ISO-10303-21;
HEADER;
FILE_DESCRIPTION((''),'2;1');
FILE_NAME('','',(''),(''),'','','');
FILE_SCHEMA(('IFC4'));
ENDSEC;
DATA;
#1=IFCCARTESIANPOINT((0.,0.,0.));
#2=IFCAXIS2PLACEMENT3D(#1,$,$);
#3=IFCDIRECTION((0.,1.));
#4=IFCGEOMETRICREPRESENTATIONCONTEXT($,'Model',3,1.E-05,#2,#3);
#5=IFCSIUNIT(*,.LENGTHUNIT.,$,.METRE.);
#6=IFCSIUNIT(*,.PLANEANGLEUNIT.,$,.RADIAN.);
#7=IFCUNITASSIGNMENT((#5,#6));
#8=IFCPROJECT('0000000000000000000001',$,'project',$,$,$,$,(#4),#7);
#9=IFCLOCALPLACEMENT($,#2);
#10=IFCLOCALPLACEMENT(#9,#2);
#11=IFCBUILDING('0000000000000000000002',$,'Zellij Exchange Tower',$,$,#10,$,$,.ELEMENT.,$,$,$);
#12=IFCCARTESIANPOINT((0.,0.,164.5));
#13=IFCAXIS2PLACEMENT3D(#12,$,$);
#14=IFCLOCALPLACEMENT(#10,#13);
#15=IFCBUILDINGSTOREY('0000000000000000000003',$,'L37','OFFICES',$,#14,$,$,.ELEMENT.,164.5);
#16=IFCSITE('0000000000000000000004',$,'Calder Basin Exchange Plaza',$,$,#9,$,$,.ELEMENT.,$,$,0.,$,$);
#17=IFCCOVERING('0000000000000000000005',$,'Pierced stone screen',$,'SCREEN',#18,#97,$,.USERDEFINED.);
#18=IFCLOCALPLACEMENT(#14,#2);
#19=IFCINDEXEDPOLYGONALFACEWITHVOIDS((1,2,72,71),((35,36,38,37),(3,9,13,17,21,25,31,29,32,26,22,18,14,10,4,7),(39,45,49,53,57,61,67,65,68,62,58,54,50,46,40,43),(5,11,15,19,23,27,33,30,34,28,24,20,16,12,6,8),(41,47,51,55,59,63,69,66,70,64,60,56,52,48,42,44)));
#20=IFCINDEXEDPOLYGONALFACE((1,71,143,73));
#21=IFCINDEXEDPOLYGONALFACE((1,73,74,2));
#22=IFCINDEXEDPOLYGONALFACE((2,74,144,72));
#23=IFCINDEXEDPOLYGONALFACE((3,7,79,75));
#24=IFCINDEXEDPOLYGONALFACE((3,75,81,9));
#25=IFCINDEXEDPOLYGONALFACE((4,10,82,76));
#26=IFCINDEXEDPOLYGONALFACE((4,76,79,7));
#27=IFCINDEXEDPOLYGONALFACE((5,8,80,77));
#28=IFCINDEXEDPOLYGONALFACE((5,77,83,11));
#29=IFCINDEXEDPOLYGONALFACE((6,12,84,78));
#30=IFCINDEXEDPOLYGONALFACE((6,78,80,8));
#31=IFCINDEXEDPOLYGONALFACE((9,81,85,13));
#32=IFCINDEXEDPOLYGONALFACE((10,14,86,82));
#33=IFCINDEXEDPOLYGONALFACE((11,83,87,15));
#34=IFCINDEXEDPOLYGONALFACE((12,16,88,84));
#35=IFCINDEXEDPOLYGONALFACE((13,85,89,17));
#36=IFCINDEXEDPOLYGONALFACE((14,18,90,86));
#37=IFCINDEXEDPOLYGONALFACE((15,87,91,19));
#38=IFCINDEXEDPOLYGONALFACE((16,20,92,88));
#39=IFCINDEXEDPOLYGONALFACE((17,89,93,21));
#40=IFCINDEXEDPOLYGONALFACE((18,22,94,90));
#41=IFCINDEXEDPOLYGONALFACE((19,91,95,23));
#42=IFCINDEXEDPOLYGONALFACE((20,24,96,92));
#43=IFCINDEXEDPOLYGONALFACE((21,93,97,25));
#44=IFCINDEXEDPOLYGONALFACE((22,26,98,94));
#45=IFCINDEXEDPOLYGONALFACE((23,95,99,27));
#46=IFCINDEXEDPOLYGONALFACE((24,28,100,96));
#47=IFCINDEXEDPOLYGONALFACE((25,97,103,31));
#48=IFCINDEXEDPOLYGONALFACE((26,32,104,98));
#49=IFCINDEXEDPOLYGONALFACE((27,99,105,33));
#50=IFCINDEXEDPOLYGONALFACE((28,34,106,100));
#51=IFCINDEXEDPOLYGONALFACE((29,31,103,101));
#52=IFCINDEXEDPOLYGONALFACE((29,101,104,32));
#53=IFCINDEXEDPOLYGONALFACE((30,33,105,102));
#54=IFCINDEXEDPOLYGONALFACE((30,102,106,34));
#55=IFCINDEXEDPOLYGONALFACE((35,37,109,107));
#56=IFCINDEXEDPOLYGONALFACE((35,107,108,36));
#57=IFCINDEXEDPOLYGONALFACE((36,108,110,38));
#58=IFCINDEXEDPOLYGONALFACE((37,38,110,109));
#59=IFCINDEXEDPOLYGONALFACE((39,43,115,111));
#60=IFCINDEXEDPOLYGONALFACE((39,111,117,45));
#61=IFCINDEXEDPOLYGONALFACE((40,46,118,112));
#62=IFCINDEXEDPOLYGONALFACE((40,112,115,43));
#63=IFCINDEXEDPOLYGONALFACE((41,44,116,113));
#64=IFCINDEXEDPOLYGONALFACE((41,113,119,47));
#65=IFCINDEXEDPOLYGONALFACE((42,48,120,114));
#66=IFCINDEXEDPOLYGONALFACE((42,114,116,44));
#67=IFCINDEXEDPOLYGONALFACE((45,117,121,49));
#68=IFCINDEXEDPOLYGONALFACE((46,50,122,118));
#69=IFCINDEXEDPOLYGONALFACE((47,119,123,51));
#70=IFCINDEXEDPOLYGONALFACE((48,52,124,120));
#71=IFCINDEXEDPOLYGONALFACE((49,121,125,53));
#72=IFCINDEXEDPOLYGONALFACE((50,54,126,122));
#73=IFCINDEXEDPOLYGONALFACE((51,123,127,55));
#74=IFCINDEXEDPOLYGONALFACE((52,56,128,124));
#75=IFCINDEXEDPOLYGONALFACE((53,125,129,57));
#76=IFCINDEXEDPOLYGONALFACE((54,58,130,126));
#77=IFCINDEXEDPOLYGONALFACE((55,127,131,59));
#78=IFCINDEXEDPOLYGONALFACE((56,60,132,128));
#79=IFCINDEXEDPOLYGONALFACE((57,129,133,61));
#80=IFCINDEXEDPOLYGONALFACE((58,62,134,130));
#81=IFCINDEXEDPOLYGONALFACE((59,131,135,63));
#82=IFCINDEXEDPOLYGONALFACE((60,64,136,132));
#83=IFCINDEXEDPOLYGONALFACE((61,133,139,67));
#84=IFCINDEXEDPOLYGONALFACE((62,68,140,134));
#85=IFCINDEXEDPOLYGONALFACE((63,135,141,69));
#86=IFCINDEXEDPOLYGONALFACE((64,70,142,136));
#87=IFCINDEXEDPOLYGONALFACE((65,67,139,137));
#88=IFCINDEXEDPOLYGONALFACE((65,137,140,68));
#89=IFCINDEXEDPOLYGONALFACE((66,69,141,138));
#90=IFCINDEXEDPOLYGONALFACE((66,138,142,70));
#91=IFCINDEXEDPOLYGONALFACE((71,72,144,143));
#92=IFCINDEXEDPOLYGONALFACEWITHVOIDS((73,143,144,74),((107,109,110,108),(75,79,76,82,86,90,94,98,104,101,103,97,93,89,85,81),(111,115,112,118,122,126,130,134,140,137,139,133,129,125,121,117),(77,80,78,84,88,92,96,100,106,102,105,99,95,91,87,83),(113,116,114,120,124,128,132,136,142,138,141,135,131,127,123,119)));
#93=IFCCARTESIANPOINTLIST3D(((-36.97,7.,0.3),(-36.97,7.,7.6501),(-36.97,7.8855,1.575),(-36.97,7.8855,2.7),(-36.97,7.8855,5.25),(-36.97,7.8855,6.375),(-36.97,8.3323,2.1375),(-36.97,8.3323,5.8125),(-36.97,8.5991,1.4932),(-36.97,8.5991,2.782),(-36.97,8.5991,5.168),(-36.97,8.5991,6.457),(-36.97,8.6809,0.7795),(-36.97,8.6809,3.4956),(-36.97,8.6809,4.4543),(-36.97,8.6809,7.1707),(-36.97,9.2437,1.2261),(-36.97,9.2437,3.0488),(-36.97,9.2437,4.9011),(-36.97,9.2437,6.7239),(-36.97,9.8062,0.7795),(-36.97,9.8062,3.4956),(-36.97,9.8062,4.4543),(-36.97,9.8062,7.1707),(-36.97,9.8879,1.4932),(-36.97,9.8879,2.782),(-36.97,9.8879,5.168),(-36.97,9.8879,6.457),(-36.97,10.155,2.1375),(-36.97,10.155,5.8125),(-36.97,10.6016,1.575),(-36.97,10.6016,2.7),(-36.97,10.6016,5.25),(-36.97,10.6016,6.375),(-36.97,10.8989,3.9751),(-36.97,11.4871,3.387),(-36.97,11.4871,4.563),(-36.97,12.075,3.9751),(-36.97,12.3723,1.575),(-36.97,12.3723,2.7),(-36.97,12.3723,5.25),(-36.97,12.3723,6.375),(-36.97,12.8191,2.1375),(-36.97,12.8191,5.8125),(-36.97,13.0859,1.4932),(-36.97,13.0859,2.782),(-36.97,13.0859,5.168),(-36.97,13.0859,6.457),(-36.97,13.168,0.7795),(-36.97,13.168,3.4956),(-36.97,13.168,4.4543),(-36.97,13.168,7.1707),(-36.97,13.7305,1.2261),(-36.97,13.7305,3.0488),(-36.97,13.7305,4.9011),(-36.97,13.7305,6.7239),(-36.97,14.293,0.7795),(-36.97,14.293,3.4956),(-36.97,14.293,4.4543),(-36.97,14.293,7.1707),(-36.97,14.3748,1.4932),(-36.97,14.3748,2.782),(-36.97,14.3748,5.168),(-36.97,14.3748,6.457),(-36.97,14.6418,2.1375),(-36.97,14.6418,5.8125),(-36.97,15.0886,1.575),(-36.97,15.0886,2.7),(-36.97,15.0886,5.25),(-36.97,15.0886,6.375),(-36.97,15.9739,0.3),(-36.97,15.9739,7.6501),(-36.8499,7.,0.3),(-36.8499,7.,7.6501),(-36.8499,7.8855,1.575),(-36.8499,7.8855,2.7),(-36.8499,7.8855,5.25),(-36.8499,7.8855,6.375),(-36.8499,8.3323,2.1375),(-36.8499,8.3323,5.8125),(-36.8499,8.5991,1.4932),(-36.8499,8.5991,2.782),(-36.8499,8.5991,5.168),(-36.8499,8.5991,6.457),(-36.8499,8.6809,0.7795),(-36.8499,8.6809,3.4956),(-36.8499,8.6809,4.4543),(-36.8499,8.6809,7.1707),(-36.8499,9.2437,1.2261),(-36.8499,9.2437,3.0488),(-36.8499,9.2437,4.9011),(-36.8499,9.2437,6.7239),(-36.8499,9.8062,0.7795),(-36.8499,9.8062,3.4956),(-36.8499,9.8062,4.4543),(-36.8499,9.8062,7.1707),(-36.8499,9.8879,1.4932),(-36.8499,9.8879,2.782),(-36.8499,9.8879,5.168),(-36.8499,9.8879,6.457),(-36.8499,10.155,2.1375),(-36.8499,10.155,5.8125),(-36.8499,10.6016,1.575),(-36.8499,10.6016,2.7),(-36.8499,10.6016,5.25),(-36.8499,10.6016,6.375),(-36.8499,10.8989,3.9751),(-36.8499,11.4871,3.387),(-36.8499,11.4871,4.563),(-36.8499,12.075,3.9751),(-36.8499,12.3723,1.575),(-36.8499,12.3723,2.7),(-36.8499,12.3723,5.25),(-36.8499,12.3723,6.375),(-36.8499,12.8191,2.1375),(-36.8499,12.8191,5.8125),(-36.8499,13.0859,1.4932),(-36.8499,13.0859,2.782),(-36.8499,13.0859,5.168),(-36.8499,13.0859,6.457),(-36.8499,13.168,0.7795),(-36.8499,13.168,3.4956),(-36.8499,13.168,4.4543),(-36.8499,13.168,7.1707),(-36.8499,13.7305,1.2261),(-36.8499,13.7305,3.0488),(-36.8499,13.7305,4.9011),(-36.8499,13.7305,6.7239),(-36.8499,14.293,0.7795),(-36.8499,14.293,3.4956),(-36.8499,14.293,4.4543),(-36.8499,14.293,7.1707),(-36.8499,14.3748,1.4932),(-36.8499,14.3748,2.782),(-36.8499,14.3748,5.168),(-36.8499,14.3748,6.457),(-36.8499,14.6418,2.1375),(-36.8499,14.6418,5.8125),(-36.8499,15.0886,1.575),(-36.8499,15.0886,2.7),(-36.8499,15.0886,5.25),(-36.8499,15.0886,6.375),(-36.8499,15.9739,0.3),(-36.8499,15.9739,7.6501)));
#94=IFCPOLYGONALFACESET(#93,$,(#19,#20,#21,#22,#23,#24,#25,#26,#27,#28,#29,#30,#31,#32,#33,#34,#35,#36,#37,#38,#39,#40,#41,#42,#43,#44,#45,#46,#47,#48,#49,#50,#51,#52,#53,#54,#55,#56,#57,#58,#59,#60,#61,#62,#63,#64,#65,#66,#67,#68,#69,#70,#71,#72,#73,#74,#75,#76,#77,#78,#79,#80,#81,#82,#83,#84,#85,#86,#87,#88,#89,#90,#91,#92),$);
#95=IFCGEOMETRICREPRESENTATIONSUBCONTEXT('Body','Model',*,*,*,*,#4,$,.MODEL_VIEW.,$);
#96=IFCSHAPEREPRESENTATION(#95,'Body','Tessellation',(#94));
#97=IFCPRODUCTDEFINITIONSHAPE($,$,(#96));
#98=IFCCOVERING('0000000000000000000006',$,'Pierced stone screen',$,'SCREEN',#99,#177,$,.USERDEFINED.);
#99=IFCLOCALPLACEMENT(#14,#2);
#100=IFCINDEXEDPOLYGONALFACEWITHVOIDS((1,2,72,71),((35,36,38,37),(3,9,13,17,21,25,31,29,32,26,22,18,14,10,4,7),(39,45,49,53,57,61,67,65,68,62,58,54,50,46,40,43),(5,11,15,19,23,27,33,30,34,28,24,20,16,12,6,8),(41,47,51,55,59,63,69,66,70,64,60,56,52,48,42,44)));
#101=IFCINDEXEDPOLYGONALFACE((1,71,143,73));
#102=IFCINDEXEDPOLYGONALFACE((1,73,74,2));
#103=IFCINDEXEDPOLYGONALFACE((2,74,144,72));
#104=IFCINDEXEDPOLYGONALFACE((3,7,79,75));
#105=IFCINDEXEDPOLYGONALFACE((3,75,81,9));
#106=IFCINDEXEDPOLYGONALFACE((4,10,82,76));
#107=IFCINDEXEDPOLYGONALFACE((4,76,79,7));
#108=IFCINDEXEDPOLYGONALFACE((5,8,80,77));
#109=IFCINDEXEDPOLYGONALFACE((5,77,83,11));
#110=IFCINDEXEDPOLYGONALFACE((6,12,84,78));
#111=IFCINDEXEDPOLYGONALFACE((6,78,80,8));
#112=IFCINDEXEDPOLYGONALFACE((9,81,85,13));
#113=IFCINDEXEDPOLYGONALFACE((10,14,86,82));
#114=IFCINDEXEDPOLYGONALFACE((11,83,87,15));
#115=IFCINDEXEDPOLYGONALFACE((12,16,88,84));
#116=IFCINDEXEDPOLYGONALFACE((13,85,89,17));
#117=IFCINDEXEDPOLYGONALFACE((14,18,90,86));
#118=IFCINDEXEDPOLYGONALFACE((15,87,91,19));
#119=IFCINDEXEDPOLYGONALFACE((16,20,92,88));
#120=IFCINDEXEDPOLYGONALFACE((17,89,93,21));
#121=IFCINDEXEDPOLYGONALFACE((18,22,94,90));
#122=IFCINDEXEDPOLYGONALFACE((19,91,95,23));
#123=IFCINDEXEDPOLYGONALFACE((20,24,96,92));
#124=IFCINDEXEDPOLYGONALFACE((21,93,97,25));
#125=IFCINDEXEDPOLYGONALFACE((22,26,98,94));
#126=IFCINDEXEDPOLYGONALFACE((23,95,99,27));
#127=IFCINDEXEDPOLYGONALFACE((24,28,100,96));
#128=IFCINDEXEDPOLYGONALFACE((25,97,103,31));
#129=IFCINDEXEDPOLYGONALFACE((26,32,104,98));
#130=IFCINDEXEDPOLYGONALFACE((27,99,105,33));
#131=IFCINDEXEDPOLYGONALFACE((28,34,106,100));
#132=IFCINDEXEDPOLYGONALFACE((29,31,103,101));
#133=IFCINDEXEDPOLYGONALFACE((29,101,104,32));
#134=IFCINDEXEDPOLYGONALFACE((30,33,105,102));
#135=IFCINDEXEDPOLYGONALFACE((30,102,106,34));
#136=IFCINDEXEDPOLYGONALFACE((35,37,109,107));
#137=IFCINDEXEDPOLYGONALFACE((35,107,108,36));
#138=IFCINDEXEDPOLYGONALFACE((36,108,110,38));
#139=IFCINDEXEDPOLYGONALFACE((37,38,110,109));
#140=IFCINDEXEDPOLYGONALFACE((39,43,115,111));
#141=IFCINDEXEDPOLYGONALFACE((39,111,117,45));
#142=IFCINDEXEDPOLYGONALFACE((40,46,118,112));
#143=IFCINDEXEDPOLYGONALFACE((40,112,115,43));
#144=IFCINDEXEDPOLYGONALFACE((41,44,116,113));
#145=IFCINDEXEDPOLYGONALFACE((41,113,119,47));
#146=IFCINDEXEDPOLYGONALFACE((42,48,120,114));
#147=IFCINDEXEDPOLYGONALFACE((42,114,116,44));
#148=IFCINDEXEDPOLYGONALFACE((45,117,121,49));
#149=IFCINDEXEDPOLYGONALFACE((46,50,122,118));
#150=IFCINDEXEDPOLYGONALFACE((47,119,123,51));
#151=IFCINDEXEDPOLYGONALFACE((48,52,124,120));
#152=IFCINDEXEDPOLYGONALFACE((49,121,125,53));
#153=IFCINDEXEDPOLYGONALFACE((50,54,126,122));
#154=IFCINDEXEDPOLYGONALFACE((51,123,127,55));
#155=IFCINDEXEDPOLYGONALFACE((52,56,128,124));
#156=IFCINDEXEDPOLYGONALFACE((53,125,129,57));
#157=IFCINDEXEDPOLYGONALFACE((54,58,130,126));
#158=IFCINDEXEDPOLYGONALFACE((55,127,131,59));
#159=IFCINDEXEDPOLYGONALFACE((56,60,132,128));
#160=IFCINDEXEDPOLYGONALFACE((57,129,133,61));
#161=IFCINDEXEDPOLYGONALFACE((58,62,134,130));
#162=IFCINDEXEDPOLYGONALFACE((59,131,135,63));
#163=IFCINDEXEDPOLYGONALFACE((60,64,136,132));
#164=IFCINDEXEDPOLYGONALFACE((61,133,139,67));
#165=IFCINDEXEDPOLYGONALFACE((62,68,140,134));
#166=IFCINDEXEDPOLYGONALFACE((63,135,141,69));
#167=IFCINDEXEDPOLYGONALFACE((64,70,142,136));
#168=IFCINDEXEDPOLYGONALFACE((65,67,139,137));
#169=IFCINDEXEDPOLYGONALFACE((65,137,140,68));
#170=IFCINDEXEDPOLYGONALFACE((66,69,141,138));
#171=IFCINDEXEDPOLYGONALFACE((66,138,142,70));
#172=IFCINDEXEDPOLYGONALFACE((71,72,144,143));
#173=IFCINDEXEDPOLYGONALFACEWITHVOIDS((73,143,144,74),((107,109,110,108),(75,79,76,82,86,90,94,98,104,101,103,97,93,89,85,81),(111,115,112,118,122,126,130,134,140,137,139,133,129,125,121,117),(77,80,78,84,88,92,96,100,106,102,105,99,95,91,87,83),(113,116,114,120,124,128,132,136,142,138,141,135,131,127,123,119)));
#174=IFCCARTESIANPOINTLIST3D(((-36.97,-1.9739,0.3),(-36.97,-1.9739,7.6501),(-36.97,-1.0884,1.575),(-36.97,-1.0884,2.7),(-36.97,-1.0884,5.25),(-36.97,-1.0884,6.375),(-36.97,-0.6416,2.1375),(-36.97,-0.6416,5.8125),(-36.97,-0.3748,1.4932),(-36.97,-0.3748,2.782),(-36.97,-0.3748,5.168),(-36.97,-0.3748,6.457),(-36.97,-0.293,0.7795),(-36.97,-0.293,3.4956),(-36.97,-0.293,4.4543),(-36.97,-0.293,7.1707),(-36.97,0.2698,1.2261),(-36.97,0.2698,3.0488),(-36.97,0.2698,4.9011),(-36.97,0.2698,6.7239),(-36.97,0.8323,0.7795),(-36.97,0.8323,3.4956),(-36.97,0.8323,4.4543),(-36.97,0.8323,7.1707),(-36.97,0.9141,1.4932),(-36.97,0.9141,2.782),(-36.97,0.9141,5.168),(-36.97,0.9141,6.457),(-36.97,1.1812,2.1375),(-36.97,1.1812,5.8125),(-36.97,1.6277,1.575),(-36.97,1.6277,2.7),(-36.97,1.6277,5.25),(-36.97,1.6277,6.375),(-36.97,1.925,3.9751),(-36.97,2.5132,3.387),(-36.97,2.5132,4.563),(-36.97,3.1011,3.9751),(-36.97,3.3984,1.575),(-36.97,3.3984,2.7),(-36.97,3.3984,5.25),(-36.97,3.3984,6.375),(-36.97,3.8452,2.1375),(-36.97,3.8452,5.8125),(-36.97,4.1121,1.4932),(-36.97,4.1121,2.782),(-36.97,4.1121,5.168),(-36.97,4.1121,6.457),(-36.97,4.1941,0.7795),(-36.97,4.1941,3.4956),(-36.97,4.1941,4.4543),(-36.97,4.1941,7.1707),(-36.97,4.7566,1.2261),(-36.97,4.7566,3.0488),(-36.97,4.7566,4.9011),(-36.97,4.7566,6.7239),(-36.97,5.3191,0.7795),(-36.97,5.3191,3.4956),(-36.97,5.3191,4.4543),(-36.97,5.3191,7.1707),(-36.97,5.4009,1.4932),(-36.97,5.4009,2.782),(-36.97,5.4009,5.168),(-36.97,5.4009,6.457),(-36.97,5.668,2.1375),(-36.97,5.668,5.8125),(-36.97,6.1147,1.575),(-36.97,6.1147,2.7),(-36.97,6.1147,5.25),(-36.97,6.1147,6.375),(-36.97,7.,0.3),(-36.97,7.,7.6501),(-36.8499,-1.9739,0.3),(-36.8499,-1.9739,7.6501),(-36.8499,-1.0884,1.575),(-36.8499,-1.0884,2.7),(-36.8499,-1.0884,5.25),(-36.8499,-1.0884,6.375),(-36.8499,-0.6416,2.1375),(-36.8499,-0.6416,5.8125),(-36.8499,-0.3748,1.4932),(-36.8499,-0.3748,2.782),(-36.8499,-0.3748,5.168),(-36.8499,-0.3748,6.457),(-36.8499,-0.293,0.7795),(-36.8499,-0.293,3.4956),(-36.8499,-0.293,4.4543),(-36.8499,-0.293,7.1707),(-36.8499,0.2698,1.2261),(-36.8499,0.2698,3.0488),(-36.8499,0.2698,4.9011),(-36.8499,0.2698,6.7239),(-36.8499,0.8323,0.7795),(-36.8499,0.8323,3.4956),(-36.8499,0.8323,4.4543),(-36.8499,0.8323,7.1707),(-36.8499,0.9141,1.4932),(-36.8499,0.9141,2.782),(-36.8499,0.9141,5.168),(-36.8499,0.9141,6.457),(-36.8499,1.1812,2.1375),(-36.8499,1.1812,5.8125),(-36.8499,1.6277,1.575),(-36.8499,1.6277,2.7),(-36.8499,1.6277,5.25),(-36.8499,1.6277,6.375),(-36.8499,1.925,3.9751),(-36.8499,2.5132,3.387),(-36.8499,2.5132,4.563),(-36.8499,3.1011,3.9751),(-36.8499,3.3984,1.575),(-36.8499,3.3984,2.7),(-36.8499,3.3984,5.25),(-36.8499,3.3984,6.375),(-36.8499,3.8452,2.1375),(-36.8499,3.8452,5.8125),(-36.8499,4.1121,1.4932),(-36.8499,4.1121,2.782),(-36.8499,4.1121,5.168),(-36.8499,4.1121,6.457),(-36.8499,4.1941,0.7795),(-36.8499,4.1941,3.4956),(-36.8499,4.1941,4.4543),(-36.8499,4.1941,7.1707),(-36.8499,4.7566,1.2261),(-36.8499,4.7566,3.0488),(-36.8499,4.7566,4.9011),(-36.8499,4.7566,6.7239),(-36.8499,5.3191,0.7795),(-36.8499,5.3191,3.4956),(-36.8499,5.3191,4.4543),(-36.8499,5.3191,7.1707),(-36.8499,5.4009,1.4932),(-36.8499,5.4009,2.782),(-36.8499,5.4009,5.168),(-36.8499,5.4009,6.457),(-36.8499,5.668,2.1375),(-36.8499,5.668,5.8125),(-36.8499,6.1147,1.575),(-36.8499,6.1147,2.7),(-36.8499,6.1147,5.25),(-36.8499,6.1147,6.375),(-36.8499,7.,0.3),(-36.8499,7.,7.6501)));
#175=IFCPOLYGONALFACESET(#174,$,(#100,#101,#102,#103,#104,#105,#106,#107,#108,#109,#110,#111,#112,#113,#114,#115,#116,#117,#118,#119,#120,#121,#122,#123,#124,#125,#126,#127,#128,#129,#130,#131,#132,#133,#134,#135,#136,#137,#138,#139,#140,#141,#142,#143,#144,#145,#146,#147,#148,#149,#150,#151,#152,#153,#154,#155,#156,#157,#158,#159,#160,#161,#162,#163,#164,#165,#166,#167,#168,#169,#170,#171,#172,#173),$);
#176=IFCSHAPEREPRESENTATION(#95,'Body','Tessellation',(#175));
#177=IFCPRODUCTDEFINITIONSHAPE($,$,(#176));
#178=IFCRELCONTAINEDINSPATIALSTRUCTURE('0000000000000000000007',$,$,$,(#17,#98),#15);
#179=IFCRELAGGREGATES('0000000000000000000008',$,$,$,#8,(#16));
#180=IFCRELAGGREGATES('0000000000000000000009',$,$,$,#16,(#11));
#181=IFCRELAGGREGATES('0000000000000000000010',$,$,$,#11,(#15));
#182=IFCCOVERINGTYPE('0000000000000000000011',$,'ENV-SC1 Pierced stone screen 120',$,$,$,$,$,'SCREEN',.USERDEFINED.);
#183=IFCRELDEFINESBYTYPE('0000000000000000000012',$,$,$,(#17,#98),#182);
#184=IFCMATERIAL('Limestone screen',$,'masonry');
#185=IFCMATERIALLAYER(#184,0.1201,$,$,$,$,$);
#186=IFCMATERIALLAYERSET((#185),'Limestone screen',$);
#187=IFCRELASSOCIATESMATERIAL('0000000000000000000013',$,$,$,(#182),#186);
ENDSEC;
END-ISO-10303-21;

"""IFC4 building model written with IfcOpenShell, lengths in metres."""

from ifc_helpers import new_model, si_unit, direction, frame, origin, place, context, subcontext, project, spatial, polyline, outline, extrude, material, layer, layer_set, type_object, element, save


model = new_model("IFC4")

# Units and contexts
model_context = context("Model", 3, precision=1e-05, world=origin(), true_north=direction((0.0, 1.0)))
body_context = subcontext(model_context, "Body", "Model", "MODEL_VIEW")
ifc_project = project(units=[si_unit("LENGTHUNIT", "METRE"), si_unit("PLANEANGLEUNIT", "RADIAN")], contexts=[model_context])

# Site, building, storey
site_placement = place(None, origin())
site = spatial("IfcSite", under=ifc_project, at=site_placement, Name="Calder Basin Exchange Plaza", CompositionType="ELEMENT", RefElevation=0.0)
building_placement = place(site_placement, origin())
building = spatial("IfcBuilding", under=site, at=building_placement, Name="Zellij Exchange Tower", CompositionType="ELEMENT")
storey_placement = place(building_placement, frame((0.0, 0.0, 164.5)))
storey = spatial("IfcBuildingStorey", under=building, at=storey_placement, Name="L37", Description="OFFICES", CompositionType="ELEMENT", Elevation=164.5)

# Coverings
ifc_material_1 = material(Name="Limestone screen", Category="masonry")
ifc_layer_1 = layer(ifc_material_1, 0.1201)
ifc_layer_set_1 = layer_set([ifc_layer_1], Name="Limestone screen")
covering_type = type_object("IfcCoveringType", Name="ENV-SC1 Pierced stone screen 120", ElementType="SCREEN", PredefinedType="USERDEFINED", material=ifc_layer_set_1)
covering_1_placement = place(storey_placement, frame((-36.9099, 15.9739, 0.3), z_axis=(0.0, 0.0, 1.0), x_axis=(0.0, -1.0, 0.0)))
element("IfcCovering", 1, at=covering_1_placement, inside=storey, type_object=covering_type, Name="Pierced stone screen", ObjectType="SCREEN", PredefinedType="USERDEFINED", context=body_context, shape_type="SweptSolid", body=[
    extrude(outline(polyline([(0.0, 0.0), (8.9739, 0.0), (8.9739, 7.3501), (0.0, 7.3501), (0.0, 0.0)]), holes=[polyline([(3.6016, 2.3999), (2.8879, 2.4819), (2.8059, 3.1956), (2.2434, 2.7488), (1.6809, 3.1956), (1.5991, 2.4819), (0.8853, 2.3999), (1.332, 1.8374), (0.8853, 1.2749), (1.5991, 1.1931), (1.6809, 0.4795), (2.2434, 0.926), (2.8059, 0.4795), (2.8879, 1.1931), (3.6016, 1.2749), (3.1548, 1.8374), (3.6016, 2.3999)]), polyline([(3.6016, 6.075), (2.8879, 6.157), (2.8059, 6.8706), (2.2434, 6.4238), (1.6809, 6.8706), (1.5991, 6.157), (0.8853, 6.075), (1.332, 5.5125), (0.8853, 4.95), (1.5991, 4.8679), (1.6809, 4.1543), (2.2434, 4.6011), (2.8059, 4.1543), (2.8879, 4.8679), (3.6016, 4.95), (3.1548, 5.5125), (3.6016, 6.075)]), polyline([(8.0884, 2.3999), (7.3748, 2.4819), (7.293, 3.1956), (6.7302, 2.7488), (6.1677, 3.1956), (6.0859, 2.4819), (5.3723, 2.3999), (5.8188, 1.8374), (5.3723, 1.2749), (6.0859, 1.1931), (6.1677, 0.4795), (6.7302, 0.926), (7.293, 0.4795), (7.3748, 1.1931), (8.0884, 1.2749), (7.6416, 1.8374), (8.0884, 2.3999)]), polyline([(8.0884, 6.075), (7.3748, 6.157), (7.293, 6.8706), (6.7302, 6.4238), (6.1677, 6.8706), (6.0859, 6.157), (5.3723, 6.075), (5.8188, 5.5125), (5.3723, 4.95), (6.0859, 4.8679), (6.1677, 4.1543), (6.7302, 4.6011), (7.293, 4.1543), (7.3748, 4.8679), (8.0884, 4.95), (7.6416, 5.5125), (8.0884, 6.075)]), polyline([(5.075, 3.675), (4.4868, 4.2629), (3.8989, 3.675), (4.4868, 3.0869), (5.075, 3.675)])]), frame((0.0, 0.0601, 0.0), z_axis=(0.0, -1.0, 0.0), x_axis=(1.0, 0.0, 0.0)), (0.0, 0.0, 1.0), 0.1201),
])
covering_2_placement = place(storey_placement, frame((-36.9099, 7.0, 0.3), z_axis=(0.0, 0.0, 1.0), x_axis=(0.0, -1.0, 0.0)))
element("IfcCovering", 2, at=covering_2_placement, inside=storey, type_object=covering_type, Name="Pierced stone screen", ObjectType="SCREEN", PredefinedType="USERDEFINED", context=body_context, shape_type="SweptSolid", body=[
    extrude(outline(polyline([(0.0, 0.0), (8.9739, 0.0), (8.9739, 7.3501), (0.0, 7.3501), (0.0, 0.0)]), holes=[polyline([(3.6016, 2.3999), (2.8879, 2.4819), (2.8059, 3.1956), (2.2434, 2.7488), (1.6809, 3.1956), (1.5991, 2.4819), (0.8853, 2.3999), (1.332, 1.8374), (0.8853, 1.2749), (1.5991, 1.1931), (1.6809, 0.4795), (2.2434, 0.926), (2.8059, 0.4795), (2.8879, 1.1931), (3.6016, 1.2749), (3.1548, 1.8374), (3.6016, 2.3999)]), polyline([(3.6016, 6.075), (2.8879, 6.157), (2.8059, 6.8706), (2.2434, 6.4238), (1.6809, 6.8706), (1.5991, 6.157), (0.8853, 6.075), (1.332, 5.5125), (0.8853, 4.95), (1.5991, 4.8679), (1.6809, 4.1543), (2.2434, 4.6011), (2.8059, 4.1543), (2.8879, 4.8679), (3.6016, 4.95), (3.1548, 5.5125), (3.6016, 6.075)]), polyline([(8.0884, 2.3999), (7.3748, 2.4819), (7.293, 3.1956), (6.7302, 2.7488), (6.1677, 3.1956), (6.0859, 2.4819), (5.3723, 2.3999), (5.8188, 1.8374), (5.3723, 1.2749), (6.0859, 1.1931), (6.1677, 0.4795), (6.7302, 0.926), (7.293, 0.4795), (7.3748, 1.1931), (8.0884, 1.2749), (7.6416, 1.8374), (8.0884, 2.3999)]), polyline([(8.0884, 6.075), (7.3748, 6.157), (7.293, 6.8706), (6.7302, 6.4238), (6.1677, 6.8706), (6.0859, 6.157), (5.3723, 6.075), (5.8188, 5.5125), (5.3723, 4.95), (6.0859, 4.8679), (6.1677, 4.1543), (6.7302, 4.6011), (7.293, 4.1543), (7.3748, 4.8679), (8.0884, 4.95), (7.6416, 5.5125), (8.0884, 6.075)]), polyline([(5.075, 3.675), (4.4868, 4.2629), (3.8989, 3.675), (4.4868, 3.0869), (5.075, 3.675)])]), frame((0.0, 0.0601, 0.0), z_axis=(0.0, -1.0, 0.0), x_axis=(1.0, 0.0, 0.0)), (0.0, 0.0, 1.0), 0.1201),
])

save(model, "model.ifc")
